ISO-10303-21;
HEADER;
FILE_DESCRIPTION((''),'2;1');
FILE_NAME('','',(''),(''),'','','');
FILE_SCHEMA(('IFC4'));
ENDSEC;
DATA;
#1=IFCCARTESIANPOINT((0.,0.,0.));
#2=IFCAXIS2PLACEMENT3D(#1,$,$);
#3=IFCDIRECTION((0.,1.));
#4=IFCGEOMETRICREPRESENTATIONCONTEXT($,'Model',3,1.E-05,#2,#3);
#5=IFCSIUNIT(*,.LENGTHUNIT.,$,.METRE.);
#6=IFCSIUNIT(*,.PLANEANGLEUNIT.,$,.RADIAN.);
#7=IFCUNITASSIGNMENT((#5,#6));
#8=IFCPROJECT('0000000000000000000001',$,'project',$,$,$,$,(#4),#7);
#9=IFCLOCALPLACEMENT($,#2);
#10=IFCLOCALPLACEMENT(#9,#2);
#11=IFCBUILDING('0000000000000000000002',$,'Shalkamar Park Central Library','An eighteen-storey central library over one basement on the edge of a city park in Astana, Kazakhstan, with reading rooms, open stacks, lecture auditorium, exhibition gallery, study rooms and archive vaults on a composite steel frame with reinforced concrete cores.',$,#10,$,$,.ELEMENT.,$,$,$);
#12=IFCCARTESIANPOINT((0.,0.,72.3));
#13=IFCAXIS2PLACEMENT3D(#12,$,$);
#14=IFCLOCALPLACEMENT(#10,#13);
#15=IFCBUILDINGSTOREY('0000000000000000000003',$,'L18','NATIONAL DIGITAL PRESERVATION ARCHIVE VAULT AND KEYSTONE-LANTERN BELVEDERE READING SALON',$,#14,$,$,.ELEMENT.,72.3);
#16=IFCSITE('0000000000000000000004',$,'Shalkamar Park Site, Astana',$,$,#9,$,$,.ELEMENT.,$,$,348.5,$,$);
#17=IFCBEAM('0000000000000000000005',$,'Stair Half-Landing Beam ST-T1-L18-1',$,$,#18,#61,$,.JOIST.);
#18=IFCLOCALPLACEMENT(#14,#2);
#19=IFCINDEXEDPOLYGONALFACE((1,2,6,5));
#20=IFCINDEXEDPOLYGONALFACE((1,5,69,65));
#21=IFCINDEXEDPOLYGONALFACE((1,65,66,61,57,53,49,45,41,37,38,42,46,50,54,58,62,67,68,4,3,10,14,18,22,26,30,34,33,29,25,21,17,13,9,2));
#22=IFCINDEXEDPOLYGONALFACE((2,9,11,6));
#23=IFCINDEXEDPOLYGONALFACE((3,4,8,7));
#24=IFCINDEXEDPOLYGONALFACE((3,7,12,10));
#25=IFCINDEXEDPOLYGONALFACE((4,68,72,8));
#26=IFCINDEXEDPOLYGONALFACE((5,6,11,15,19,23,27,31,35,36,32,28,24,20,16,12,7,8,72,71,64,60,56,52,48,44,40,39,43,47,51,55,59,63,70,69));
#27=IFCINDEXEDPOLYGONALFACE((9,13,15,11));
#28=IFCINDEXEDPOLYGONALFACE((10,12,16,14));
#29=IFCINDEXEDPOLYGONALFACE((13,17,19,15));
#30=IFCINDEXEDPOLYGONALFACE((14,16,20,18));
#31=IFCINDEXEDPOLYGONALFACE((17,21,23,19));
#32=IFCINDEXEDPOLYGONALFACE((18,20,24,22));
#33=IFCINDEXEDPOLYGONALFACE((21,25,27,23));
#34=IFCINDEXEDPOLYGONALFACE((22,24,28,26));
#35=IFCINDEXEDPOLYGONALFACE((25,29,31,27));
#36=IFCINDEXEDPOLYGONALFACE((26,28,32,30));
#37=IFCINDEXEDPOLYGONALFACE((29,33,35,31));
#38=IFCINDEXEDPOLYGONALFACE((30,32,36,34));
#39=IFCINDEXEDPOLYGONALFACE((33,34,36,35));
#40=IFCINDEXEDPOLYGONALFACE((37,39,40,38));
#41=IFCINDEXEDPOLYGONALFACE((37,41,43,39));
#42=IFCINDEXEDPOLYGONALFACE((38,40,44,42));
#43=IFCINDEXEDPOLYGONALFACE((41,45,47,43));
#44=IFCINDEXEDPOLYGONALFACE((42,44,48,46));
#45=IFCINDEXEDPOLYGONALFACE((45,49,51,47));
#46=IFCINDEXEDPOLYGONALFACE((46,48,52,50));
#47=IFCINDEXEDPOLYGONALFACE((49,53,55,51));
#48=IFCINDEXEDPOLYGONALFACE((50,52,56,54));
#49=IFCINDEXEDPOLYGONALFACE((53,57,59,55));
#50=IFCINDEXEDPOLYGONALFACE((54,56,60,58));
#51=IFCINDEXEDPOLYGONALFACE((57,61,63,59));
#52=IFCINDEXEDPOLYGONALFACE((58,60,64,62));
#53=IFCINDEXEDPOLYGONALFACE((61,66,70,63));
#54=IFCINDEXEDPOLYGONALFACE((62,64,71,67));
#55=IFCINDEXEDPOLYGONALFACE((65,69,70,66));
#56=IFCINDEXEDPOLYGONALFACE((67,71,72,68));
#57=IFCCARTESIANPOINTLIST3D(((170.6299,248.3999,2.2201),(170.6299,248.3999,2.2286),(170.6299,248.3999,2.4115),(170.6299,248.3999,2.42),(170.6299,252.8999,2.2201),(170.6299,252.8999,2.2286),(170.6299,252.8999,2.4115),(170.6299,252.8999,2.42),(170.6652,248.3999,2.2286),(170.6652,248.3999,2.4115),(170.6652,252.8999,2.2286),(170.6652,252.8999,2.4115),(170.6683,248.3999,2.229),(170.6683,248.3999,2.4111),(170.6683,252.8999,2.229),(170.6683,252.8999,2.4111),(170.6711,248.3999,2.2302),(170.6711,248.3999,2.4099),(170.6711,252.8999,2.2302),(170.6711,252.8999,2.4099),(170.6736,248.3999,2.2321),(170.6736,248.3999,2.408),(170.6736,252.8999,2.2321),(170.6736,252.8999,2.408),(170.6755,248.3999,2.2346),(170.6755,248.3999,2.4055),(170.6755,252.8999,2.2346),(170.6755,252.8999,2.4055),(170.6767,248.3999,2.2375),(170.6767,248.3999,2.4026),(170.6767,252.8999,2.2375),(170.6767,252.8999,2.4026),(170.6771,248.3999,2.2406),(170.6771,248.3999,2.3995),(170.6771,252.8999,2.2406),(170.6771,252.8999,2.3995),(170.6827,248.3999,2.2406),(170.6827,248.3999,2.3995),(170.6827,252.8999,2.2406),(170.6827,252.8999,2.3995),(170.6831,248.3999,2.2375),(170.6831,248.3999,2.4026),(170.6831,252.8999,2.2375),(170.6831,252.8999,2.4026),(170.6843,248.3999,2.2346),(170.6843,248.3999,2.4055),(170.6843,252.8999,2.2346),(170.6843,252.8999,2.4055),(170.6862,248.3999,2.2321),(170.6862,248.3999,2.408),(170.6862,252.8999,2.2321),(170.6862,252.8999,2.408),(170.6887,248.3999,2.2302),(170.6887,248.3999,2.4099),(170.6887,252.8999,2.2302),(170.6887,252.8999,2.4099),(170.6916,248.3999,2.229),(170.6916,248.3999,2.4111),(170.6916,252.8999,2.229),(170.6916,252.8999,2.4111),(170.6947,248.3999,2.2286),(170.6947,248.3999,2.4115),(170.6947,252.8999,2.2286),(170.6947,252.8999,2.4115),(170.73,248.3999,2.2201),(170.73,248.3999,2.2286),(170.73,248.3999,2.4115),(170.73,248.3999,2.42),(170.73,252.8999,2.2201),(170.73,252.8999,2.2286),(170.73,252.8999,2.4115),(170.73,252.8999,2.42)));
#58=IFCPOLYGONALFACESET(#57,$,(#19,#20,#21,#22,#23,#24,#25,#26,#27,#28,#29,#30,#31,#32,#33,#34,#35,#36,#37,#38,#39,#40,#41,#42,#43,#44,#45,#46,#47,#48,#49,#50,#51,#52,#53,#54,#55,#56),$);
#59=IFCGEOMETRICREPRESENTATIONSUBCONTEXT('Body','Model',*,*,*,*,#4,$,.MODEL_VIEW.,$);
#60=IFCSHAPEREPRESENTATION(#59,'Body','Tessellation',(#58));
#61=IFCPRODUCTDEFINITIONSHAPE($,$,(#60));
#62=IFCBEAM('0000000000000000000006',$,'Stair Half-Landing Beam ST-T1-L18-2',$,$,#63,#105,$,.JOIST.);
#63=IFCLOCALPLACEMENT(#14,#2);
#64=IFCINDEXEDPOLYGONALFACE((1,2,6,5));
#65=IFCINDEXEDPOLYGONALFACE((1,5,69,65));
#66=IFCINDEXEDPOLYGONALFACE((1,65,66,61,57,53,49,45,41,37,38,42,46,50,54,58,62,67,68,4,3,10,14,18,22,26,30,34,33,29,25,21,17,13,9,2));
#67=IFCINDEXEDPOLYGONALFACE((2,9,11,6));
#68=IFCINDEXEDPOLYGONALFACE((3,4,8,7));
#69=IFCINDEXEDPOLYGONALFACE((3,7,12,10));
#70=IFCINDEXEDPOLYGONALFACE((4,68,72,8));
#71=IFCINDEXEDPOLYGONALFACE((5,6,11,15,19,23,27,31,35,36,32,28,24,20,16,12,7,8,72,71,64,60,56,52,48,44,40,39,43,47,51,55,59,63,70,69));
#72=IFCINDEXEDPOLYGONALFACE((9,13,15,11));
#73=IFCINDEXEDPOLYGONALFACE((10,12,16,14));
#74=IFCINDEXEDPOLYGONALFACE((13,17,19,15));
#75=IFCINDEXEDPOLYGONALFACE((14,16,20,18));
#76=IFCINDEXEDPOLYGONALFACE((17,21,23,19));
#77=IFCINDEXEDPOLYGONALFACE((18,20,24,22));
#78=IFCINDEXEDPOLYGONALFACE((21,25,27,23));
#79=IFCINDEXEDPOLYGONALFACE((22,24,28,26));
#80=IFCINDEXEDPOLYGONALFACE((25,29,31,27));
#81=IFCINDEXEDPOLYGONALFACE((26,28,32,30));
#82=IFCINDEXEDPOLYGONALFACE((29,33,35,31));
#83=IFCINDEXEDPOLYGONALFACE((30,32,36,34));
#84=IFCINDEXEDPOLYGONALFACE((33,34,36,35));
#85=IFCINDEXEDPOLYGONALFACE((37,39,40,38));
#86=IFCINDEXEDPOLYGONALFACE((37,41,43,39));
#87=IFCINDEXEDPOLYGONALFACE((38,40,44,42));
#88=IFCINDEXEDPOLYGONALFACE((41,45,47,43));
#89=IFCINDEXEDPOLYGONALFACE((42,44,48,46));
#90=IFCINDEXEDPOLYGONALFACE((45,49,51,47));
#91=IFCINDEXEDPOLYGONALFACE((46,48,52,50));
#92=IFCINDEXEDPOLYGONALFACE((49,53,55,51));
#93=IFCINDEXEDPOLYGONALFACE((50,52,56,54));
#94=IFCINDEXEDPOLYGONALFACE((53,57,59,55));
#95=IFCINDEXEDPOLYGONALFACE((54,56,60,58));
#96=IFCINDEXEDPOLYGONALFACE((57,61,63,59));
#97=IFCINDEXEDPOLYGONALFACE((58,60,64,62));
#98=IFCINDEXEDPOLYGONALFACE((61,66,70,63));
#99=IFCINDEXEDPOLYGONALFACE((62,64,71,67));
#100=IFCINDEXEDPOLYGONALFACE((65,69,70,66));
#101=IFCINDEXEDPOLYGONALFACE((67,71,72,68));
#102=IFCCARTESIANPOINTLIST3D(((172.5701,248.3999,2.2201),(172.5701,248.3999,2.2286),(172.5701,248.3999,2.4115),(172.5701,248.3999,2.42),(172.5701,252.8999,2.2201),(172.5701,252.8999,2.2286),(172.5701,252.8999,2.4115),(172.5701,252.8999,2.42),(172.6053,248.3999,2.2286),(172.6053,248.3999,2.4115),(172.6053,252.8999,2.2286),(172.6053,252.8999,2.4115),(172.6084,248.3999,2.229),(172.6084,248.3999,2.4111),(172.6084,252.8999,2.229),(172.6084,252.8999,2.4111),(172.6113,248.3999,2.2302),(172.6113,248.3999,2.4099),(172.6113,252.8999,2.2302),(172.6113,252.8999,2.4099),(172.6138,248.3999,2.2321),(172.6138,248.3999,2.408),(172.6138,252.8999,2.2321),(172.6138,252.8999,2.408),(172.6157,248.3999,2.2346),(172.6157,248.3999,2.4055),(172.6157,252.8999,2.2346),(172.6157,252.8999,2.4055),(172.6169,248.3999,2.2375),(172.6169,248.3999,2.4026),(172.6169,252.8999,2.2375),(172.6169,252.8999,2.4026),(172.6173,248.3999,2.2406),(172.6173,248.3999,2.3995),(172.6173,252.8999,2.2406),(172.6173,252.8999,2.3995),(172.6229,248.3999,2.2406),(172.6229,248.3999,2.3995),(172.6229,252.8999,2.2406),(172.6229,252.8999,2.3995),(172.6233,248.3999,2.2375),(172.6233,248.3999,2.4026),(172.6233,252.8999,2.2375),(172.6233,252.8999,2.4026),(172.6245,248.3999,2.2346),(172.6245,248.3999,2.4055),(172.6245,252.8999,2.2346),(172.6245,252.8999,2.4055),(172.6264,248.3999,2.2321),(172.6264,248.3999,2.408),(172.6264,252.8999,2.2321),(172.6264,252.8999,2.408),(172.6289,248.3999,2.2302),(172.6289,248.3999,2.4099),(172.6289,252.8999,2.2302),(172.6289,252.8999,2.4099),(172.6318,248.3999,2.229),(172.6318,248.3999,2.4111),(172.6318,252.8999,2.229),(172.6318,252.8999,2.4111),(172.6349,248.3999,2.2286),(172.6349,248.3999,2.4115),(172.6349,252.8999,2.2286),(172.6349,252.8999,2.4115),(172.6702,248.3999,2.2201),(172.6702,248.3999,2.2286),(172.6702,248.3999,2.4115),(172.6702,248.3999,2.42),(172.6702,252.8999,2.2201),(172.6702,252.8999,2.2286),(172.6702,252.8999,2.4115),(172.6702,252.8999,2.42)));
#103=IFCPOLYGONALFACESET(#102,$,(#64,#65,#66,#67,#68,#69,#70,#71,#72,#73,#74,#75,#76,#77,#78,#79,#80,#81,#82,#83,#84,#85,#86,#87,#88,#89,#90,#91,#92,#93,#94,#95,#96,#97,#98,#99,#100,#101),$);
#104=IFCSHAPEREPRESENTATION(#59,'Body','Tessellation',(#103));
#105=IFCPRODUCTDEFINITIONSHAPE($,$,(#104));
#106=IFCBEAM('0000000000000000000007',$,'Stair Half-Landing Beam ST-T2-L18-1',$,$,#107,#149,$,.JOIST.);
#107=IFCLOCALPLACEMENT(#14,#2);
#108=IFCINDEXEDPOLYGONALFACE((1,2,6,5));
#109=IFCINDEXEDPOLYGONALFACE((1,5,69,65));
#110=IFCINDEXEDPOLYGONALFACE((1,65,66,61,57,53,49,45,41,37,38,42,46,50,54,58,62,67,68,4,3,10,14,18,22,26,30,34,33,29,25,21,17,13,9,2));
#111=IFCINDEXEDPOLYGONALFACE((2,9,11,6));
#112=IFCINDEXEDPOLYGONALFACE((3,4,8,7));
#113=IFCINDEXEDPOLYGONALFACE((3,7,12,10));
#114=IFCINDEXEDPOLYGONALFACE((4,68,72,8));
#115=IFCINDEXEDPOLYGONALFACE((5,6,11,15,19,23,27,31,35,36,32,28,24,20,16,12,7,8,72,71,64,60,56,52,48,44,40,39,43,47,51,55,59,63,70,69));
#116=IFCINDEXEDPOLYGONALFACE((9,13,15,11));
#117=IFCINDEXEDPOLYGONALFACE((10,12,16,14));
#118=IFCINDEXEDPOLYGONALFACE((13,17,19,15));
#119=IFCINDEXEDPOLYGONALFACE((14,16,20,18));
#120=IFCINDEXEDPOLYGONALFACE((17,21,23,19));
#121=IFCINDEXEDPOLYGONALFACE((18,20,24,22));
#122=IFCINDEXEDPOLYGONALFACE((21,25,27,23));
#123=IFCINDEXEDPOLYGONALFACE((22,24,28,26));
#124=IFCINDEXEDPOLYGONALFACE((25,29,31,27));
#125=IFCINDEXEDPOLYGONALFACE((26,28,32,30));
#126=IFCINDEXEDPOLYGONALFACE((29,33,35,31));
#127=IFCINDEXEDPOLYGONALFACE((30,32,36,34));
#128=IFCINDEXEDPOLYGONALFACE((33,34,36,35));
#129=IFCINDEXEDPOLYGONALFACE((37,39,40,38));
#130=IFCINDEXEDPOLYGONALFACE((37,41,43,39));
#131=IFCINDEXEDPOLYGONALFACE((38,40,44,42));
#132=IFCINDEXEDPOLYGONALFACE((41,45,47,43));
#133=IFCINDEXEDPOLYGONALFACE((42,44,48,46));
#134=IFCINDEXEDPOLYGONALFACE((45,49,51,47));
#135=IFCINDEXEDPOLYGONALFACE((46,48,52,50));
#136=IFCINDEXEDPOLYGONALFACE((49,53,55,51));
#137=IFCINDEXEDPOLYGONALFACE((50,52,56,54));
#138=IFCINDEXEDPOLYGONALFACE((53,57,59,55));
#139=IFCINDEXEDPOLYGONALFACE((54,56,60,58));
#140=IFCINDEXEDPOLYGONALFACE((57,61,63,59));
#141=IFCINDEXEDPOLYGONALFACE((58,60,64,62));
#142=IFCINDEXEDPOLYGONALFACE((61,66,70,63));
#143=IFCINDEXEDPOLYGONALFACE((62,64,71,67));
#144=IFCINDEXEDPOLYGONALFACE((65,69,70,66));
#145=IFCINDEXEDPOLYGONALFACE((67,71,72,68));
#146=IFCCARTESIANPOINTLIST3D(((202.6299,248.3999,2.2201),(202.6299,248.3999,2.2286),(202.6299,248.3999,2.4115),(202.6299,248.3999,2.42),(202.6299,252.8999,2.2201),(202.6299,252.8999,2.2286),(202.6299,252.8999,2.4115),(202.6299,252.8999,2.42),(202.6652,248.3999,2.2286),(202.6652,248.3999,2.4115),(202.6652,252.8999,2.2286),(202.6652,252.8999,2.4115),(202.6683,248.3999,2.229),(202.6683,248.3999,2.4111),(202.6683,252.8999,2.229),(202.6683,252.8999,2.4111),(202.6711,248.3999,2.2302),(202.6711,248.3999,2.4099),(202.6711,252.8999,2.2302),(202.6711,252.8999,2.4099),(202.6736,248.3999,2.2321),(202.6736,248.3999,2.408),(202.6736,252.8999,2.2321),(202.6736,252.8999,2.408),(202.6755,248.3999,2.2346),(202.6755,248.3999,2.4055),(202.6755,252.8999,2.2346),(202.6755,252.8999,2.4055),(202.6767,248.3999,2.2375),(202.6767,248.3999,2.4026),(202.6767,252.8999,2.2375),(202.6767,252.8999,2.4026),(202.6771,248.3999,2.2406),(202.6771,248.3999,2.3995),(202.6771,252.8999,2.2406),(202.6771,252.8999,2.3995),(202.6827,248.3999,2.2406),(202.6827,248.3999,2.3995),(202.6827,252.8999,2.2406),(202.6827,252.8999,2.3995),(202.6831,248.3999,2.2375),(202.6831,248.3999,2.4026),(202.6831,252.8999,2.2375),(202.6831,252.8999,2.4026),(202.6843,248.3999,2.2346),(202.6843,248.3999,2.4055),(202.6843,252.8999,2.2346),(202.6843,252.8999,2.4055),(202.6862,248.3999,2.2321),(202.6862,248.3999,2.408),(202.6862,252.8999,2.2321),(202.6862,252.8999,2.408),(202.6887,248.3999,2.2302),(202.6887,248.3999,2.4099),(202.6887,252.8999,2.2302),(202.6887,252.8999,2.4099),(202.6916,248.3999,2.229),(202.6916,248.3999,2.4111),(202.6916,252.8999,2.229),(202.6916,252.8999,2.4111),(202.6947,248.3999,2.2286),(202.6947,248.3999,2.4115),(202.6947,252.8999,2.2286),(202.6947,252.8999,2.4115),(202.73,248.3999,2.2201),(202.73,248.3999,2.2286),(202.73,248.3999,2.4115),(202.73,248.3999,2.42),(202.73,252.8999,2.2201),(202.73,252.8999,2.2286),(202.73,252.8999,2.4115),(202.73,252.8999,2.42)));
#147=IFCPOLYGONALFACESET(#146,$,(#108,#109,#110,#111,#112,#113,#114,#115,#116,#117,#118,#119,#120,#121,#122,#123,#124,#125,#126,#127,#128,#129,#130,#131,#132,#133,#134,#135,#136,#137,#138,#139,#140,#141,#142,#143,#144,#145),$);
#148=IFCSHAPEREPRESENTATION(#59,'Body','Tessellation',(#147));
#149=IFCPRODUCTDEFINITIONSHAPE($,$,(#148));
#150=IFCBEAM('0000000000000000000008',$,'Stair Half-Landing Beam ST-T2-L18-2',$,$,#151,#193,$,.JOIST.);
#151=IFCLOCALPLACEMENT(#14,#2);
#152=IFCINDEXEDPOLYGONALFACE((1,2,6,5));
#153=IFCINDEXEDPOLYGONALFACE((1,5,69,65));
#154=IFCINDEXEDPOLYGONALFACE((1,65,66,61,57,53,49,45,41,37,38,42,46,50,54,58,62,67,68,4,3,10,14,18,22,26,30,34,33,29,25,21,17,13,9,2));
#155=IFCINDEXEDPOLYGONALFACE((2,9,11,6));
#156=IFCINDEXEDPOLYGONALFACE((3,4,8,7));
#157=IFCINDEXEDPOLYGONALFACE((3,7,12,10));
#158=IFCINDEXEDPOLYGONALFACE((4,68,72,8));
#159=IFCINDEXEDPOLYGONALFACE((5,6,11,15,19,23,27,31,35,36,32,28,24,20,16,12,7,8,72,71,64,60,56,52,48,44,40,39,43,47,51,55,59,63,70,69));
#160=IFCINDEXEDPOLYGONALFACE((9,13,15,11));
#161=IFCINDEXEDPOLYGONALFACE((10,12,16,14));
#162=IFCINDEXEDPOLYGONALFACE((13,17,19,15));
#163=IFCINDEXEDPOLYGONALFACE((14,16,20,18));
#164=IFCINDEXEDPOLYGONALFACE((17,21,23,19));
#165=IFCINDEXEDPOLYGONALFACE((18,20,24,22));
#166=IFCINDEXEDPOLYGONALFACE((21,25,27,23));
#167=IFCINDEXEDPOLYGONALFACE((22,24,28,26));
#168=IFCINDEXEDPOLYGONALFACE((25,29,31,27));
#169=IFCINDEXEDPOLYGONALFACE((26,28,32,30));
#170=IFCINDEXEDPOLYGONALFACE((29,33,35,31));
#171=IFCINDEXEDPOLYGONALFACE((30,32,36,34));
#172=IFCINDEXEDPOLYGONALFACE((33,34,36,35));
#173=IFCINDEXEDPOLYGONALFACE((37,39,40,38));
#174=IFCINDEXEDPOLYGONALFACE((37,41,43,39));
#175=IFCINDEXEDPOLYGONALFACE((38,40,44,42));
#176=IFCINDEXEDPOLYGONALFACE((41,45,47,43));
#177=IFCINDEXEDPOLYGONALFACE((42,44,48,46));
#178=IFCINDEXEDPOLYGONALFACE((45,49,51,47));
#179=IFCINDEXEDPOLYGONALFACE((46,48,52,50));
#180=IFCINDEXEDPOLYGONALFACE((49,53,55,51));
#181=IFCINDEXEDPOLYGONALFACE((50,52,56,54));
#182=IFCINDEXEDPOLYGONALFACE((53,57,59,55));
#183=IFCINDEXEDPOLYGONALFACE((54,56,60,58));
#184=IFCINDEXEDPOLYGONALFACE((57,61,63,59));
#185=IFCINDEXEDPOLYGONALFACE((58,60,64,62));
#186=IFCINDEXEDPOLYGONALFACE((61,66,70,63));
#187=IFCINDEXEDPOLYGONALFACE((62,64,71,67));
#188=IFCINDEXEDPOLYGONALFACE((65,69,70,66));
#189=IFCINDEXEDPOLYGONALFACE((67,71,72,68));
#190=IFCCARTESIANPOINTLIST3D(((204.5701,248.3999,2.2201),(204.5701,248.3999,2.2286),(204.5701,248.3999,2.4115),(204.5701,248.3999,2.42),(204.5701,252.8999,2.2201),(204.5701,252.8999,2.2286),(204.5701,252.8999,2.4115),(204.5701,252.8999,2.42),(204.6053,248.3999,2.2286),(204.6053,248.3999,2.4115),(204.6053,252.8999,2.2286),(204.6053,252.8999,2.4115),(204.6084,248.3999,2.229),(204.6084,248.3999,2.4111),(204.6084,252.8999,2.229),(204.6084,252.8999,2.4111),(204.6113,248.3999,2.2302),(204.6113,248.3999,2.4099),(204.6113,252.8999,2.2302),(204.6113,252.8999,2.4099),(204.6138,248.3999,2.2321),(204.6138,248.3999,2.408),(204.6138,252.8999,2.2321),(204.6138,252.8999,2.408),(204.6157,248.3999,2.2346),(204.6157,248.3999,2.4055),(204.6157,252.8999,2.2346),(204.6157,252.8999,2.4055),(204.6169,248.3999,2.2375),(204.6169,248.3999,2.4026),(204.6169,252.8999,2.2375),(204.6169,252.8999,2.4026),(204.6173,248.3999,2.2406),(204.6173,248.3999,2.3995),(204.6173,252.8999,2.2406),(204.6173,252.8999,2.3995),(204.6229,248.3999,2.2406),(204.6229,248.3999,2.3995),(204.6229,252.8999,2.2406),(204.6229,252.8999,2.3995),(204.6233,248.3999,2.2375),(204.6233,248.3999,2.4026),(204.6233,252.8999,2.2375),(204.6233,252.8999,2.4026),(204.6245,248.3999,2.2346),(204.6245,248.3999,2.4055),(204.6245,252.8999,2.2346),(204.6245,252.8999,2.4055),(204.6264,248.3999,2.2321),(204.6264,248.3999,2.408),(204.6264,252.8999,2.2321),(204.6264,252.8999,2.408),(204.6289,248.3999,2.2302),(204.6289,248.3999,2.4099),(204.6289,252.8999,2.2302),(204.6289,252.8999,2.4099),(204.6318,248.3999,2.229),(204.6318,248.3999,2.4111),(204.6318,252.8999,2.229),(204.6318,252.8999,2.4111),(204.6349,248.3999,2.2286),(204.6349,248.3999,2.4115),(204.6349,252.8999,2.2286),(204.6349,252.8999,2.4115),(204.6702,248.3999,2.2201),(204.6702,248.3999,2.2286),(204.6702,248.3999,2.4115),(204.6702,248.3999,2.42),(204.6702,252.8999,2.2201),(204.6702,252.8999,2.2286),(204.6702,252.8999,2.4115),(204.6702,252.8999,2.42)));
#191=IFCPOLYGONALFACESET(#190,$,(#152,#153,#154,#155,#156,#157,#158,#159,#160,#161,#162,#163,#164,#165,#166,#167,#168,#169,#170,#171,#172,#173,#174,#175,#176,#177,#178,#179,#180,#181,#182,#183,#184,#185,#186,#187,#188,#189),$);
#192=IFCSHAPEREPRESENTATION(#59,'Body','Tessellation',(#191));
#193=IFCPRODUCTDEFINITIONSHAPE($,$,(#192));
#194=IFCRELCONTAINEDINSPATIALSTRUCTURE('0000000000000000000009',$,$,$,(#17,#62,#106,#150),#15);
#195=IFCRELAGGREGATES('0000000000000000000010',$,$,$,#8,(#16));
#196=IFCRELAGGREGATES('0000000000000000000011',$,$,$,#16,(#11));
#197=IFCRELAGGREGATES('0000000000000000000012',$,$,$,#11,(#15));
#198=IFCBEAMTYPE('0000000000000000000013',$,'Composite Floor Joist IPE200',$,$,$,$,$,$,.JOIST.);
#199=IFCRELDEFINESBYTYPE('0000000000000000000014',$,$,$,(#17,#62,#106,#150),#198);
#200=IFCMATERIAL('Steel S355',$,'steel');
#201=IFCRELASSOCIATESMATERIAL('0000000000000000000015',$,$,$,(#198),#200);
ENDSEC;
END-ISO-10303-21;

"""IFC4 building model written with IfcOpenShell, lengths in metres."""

from ifc_helpers import new_model, si_unit, direction, frame, origin, origin_2d, place, context, subcontext, project, spatial, i_section, extrude, material, material_profile, profile_set, type_object, element, save


model = new_model("IFC4")

# Units and contexts
model_context = context("Model", 3, precision=1e-05, world=origin(), true_north=direction((0.0, 1.0)))
body_context = subcontext(model_context, "Body", "Model", "MODEL_VIEW")
ifc_project = project(units=[si_unit("LENGTHUNIT", "METRE"), si_unit("PLANEANGLEUNIT", "RADIAN")], contexts=[model_context])

# Site, building, storey
site_placement = place(None, origin())
site = spatial("IfcSite", under=ifc_project, at=site_placement, Name="Shalkamar Park Site, Astana", CompositionType="ELEMENT", RefElevation=348.5)
building_placement = place(site_placement, origin())
building = spatial("IfcBuilding", under=site, at=building_placement, Name="Shalkamar Park Central Library", Description="An eighteen-storey central library over one basement on the edge of a city park in Astana, Kazakhstan, with reading rooms, open stacks, lecture auditorium, exhibition gallery, study rooms and archive vaults on a composite steel frame with reinforced concrete cores.", CompositionType="ELEMENT")
storey_placement = place(building_placement, frame((0.0, 0.0, 72.3)))
storey = spatial("IfcBuildingStorey", under=building, at=storey_placement, Name="L18", Description="NATIONAL DIGITAL PRESERVATION ARCHIVE VAULT AND KEYSTONE-LANTERN BELVEDERE READING SALON", CompositionType="ELEMENT", Elevation=72.3)

# Beams
ifc_material_1 = material(Name="Steel S355", Category="steel")
ifc_material_profile_1 = material_profile(ifc_material_1, i_section(OverallWidth=0.1001, OverallDepth=0.2, WebThickness=0.0056, FlangeThickness=0.0085, FilletRadius=0.012, at=origin_2d()), Name="IPE 200")
ifc_profile_set_1 = profile_set([ifc_material_profile_1], Name="Steel S355")
beam_type_1 = type_object("IfcBeamType", Name="Composite Floor Joist IPE200", PredefinedType="JOIST", material=ifc_profile_set_1)
for number, where, z_axis, x_axis, name in (
    (1, (170.6799, 248.3999, 2.3201), (0.0, 1.0, 0.0), (-1.0, 0.0, 0.0), "Stair Half-Landing Beam ST-T1-L18-1"),
    (2, (172.6201, 248.3999, 2.3201), (0.0, 1.0, 0.0), (-1.0, 0.0, 0.0), "Stair Half-Landing Beam ST-T1-L18-2"),
    (3, (202.6799, 248.3999, 2.3201), (0.0, 1.0, 0.0), (-1.0, 0.0, 0.0), "Stair Half-Landing Beam ST-T2-L18-1"),
    (4, (204.6201, 248.3999, 2.3201), (0.0, 1.0, 0.0), (-1.0, 0.0, 0.0), "Stair Half-Landing Beam ST-T2-L18-2"),
):
    element("IfcBeam", number, at=place(storey_placement, frame(where, z_axis=z_axis, x_axis=x_axis)), inside=storey, type_object=beam_type_1, Name=name, PredefinedType="JOIST", context=body_context, shape_type="SweptSolid", body=[
        extrude(i_section(OverallWidth=0.1001, OverallDepth=0.2, WebThickness=0.0056, FlangeThickness=0.0085, FilletRadius=0.012, at=origin_2d()), origin(), (0.0, 0.0, 1.0), 4.5),
    ])

save(model, "model.ifc")
